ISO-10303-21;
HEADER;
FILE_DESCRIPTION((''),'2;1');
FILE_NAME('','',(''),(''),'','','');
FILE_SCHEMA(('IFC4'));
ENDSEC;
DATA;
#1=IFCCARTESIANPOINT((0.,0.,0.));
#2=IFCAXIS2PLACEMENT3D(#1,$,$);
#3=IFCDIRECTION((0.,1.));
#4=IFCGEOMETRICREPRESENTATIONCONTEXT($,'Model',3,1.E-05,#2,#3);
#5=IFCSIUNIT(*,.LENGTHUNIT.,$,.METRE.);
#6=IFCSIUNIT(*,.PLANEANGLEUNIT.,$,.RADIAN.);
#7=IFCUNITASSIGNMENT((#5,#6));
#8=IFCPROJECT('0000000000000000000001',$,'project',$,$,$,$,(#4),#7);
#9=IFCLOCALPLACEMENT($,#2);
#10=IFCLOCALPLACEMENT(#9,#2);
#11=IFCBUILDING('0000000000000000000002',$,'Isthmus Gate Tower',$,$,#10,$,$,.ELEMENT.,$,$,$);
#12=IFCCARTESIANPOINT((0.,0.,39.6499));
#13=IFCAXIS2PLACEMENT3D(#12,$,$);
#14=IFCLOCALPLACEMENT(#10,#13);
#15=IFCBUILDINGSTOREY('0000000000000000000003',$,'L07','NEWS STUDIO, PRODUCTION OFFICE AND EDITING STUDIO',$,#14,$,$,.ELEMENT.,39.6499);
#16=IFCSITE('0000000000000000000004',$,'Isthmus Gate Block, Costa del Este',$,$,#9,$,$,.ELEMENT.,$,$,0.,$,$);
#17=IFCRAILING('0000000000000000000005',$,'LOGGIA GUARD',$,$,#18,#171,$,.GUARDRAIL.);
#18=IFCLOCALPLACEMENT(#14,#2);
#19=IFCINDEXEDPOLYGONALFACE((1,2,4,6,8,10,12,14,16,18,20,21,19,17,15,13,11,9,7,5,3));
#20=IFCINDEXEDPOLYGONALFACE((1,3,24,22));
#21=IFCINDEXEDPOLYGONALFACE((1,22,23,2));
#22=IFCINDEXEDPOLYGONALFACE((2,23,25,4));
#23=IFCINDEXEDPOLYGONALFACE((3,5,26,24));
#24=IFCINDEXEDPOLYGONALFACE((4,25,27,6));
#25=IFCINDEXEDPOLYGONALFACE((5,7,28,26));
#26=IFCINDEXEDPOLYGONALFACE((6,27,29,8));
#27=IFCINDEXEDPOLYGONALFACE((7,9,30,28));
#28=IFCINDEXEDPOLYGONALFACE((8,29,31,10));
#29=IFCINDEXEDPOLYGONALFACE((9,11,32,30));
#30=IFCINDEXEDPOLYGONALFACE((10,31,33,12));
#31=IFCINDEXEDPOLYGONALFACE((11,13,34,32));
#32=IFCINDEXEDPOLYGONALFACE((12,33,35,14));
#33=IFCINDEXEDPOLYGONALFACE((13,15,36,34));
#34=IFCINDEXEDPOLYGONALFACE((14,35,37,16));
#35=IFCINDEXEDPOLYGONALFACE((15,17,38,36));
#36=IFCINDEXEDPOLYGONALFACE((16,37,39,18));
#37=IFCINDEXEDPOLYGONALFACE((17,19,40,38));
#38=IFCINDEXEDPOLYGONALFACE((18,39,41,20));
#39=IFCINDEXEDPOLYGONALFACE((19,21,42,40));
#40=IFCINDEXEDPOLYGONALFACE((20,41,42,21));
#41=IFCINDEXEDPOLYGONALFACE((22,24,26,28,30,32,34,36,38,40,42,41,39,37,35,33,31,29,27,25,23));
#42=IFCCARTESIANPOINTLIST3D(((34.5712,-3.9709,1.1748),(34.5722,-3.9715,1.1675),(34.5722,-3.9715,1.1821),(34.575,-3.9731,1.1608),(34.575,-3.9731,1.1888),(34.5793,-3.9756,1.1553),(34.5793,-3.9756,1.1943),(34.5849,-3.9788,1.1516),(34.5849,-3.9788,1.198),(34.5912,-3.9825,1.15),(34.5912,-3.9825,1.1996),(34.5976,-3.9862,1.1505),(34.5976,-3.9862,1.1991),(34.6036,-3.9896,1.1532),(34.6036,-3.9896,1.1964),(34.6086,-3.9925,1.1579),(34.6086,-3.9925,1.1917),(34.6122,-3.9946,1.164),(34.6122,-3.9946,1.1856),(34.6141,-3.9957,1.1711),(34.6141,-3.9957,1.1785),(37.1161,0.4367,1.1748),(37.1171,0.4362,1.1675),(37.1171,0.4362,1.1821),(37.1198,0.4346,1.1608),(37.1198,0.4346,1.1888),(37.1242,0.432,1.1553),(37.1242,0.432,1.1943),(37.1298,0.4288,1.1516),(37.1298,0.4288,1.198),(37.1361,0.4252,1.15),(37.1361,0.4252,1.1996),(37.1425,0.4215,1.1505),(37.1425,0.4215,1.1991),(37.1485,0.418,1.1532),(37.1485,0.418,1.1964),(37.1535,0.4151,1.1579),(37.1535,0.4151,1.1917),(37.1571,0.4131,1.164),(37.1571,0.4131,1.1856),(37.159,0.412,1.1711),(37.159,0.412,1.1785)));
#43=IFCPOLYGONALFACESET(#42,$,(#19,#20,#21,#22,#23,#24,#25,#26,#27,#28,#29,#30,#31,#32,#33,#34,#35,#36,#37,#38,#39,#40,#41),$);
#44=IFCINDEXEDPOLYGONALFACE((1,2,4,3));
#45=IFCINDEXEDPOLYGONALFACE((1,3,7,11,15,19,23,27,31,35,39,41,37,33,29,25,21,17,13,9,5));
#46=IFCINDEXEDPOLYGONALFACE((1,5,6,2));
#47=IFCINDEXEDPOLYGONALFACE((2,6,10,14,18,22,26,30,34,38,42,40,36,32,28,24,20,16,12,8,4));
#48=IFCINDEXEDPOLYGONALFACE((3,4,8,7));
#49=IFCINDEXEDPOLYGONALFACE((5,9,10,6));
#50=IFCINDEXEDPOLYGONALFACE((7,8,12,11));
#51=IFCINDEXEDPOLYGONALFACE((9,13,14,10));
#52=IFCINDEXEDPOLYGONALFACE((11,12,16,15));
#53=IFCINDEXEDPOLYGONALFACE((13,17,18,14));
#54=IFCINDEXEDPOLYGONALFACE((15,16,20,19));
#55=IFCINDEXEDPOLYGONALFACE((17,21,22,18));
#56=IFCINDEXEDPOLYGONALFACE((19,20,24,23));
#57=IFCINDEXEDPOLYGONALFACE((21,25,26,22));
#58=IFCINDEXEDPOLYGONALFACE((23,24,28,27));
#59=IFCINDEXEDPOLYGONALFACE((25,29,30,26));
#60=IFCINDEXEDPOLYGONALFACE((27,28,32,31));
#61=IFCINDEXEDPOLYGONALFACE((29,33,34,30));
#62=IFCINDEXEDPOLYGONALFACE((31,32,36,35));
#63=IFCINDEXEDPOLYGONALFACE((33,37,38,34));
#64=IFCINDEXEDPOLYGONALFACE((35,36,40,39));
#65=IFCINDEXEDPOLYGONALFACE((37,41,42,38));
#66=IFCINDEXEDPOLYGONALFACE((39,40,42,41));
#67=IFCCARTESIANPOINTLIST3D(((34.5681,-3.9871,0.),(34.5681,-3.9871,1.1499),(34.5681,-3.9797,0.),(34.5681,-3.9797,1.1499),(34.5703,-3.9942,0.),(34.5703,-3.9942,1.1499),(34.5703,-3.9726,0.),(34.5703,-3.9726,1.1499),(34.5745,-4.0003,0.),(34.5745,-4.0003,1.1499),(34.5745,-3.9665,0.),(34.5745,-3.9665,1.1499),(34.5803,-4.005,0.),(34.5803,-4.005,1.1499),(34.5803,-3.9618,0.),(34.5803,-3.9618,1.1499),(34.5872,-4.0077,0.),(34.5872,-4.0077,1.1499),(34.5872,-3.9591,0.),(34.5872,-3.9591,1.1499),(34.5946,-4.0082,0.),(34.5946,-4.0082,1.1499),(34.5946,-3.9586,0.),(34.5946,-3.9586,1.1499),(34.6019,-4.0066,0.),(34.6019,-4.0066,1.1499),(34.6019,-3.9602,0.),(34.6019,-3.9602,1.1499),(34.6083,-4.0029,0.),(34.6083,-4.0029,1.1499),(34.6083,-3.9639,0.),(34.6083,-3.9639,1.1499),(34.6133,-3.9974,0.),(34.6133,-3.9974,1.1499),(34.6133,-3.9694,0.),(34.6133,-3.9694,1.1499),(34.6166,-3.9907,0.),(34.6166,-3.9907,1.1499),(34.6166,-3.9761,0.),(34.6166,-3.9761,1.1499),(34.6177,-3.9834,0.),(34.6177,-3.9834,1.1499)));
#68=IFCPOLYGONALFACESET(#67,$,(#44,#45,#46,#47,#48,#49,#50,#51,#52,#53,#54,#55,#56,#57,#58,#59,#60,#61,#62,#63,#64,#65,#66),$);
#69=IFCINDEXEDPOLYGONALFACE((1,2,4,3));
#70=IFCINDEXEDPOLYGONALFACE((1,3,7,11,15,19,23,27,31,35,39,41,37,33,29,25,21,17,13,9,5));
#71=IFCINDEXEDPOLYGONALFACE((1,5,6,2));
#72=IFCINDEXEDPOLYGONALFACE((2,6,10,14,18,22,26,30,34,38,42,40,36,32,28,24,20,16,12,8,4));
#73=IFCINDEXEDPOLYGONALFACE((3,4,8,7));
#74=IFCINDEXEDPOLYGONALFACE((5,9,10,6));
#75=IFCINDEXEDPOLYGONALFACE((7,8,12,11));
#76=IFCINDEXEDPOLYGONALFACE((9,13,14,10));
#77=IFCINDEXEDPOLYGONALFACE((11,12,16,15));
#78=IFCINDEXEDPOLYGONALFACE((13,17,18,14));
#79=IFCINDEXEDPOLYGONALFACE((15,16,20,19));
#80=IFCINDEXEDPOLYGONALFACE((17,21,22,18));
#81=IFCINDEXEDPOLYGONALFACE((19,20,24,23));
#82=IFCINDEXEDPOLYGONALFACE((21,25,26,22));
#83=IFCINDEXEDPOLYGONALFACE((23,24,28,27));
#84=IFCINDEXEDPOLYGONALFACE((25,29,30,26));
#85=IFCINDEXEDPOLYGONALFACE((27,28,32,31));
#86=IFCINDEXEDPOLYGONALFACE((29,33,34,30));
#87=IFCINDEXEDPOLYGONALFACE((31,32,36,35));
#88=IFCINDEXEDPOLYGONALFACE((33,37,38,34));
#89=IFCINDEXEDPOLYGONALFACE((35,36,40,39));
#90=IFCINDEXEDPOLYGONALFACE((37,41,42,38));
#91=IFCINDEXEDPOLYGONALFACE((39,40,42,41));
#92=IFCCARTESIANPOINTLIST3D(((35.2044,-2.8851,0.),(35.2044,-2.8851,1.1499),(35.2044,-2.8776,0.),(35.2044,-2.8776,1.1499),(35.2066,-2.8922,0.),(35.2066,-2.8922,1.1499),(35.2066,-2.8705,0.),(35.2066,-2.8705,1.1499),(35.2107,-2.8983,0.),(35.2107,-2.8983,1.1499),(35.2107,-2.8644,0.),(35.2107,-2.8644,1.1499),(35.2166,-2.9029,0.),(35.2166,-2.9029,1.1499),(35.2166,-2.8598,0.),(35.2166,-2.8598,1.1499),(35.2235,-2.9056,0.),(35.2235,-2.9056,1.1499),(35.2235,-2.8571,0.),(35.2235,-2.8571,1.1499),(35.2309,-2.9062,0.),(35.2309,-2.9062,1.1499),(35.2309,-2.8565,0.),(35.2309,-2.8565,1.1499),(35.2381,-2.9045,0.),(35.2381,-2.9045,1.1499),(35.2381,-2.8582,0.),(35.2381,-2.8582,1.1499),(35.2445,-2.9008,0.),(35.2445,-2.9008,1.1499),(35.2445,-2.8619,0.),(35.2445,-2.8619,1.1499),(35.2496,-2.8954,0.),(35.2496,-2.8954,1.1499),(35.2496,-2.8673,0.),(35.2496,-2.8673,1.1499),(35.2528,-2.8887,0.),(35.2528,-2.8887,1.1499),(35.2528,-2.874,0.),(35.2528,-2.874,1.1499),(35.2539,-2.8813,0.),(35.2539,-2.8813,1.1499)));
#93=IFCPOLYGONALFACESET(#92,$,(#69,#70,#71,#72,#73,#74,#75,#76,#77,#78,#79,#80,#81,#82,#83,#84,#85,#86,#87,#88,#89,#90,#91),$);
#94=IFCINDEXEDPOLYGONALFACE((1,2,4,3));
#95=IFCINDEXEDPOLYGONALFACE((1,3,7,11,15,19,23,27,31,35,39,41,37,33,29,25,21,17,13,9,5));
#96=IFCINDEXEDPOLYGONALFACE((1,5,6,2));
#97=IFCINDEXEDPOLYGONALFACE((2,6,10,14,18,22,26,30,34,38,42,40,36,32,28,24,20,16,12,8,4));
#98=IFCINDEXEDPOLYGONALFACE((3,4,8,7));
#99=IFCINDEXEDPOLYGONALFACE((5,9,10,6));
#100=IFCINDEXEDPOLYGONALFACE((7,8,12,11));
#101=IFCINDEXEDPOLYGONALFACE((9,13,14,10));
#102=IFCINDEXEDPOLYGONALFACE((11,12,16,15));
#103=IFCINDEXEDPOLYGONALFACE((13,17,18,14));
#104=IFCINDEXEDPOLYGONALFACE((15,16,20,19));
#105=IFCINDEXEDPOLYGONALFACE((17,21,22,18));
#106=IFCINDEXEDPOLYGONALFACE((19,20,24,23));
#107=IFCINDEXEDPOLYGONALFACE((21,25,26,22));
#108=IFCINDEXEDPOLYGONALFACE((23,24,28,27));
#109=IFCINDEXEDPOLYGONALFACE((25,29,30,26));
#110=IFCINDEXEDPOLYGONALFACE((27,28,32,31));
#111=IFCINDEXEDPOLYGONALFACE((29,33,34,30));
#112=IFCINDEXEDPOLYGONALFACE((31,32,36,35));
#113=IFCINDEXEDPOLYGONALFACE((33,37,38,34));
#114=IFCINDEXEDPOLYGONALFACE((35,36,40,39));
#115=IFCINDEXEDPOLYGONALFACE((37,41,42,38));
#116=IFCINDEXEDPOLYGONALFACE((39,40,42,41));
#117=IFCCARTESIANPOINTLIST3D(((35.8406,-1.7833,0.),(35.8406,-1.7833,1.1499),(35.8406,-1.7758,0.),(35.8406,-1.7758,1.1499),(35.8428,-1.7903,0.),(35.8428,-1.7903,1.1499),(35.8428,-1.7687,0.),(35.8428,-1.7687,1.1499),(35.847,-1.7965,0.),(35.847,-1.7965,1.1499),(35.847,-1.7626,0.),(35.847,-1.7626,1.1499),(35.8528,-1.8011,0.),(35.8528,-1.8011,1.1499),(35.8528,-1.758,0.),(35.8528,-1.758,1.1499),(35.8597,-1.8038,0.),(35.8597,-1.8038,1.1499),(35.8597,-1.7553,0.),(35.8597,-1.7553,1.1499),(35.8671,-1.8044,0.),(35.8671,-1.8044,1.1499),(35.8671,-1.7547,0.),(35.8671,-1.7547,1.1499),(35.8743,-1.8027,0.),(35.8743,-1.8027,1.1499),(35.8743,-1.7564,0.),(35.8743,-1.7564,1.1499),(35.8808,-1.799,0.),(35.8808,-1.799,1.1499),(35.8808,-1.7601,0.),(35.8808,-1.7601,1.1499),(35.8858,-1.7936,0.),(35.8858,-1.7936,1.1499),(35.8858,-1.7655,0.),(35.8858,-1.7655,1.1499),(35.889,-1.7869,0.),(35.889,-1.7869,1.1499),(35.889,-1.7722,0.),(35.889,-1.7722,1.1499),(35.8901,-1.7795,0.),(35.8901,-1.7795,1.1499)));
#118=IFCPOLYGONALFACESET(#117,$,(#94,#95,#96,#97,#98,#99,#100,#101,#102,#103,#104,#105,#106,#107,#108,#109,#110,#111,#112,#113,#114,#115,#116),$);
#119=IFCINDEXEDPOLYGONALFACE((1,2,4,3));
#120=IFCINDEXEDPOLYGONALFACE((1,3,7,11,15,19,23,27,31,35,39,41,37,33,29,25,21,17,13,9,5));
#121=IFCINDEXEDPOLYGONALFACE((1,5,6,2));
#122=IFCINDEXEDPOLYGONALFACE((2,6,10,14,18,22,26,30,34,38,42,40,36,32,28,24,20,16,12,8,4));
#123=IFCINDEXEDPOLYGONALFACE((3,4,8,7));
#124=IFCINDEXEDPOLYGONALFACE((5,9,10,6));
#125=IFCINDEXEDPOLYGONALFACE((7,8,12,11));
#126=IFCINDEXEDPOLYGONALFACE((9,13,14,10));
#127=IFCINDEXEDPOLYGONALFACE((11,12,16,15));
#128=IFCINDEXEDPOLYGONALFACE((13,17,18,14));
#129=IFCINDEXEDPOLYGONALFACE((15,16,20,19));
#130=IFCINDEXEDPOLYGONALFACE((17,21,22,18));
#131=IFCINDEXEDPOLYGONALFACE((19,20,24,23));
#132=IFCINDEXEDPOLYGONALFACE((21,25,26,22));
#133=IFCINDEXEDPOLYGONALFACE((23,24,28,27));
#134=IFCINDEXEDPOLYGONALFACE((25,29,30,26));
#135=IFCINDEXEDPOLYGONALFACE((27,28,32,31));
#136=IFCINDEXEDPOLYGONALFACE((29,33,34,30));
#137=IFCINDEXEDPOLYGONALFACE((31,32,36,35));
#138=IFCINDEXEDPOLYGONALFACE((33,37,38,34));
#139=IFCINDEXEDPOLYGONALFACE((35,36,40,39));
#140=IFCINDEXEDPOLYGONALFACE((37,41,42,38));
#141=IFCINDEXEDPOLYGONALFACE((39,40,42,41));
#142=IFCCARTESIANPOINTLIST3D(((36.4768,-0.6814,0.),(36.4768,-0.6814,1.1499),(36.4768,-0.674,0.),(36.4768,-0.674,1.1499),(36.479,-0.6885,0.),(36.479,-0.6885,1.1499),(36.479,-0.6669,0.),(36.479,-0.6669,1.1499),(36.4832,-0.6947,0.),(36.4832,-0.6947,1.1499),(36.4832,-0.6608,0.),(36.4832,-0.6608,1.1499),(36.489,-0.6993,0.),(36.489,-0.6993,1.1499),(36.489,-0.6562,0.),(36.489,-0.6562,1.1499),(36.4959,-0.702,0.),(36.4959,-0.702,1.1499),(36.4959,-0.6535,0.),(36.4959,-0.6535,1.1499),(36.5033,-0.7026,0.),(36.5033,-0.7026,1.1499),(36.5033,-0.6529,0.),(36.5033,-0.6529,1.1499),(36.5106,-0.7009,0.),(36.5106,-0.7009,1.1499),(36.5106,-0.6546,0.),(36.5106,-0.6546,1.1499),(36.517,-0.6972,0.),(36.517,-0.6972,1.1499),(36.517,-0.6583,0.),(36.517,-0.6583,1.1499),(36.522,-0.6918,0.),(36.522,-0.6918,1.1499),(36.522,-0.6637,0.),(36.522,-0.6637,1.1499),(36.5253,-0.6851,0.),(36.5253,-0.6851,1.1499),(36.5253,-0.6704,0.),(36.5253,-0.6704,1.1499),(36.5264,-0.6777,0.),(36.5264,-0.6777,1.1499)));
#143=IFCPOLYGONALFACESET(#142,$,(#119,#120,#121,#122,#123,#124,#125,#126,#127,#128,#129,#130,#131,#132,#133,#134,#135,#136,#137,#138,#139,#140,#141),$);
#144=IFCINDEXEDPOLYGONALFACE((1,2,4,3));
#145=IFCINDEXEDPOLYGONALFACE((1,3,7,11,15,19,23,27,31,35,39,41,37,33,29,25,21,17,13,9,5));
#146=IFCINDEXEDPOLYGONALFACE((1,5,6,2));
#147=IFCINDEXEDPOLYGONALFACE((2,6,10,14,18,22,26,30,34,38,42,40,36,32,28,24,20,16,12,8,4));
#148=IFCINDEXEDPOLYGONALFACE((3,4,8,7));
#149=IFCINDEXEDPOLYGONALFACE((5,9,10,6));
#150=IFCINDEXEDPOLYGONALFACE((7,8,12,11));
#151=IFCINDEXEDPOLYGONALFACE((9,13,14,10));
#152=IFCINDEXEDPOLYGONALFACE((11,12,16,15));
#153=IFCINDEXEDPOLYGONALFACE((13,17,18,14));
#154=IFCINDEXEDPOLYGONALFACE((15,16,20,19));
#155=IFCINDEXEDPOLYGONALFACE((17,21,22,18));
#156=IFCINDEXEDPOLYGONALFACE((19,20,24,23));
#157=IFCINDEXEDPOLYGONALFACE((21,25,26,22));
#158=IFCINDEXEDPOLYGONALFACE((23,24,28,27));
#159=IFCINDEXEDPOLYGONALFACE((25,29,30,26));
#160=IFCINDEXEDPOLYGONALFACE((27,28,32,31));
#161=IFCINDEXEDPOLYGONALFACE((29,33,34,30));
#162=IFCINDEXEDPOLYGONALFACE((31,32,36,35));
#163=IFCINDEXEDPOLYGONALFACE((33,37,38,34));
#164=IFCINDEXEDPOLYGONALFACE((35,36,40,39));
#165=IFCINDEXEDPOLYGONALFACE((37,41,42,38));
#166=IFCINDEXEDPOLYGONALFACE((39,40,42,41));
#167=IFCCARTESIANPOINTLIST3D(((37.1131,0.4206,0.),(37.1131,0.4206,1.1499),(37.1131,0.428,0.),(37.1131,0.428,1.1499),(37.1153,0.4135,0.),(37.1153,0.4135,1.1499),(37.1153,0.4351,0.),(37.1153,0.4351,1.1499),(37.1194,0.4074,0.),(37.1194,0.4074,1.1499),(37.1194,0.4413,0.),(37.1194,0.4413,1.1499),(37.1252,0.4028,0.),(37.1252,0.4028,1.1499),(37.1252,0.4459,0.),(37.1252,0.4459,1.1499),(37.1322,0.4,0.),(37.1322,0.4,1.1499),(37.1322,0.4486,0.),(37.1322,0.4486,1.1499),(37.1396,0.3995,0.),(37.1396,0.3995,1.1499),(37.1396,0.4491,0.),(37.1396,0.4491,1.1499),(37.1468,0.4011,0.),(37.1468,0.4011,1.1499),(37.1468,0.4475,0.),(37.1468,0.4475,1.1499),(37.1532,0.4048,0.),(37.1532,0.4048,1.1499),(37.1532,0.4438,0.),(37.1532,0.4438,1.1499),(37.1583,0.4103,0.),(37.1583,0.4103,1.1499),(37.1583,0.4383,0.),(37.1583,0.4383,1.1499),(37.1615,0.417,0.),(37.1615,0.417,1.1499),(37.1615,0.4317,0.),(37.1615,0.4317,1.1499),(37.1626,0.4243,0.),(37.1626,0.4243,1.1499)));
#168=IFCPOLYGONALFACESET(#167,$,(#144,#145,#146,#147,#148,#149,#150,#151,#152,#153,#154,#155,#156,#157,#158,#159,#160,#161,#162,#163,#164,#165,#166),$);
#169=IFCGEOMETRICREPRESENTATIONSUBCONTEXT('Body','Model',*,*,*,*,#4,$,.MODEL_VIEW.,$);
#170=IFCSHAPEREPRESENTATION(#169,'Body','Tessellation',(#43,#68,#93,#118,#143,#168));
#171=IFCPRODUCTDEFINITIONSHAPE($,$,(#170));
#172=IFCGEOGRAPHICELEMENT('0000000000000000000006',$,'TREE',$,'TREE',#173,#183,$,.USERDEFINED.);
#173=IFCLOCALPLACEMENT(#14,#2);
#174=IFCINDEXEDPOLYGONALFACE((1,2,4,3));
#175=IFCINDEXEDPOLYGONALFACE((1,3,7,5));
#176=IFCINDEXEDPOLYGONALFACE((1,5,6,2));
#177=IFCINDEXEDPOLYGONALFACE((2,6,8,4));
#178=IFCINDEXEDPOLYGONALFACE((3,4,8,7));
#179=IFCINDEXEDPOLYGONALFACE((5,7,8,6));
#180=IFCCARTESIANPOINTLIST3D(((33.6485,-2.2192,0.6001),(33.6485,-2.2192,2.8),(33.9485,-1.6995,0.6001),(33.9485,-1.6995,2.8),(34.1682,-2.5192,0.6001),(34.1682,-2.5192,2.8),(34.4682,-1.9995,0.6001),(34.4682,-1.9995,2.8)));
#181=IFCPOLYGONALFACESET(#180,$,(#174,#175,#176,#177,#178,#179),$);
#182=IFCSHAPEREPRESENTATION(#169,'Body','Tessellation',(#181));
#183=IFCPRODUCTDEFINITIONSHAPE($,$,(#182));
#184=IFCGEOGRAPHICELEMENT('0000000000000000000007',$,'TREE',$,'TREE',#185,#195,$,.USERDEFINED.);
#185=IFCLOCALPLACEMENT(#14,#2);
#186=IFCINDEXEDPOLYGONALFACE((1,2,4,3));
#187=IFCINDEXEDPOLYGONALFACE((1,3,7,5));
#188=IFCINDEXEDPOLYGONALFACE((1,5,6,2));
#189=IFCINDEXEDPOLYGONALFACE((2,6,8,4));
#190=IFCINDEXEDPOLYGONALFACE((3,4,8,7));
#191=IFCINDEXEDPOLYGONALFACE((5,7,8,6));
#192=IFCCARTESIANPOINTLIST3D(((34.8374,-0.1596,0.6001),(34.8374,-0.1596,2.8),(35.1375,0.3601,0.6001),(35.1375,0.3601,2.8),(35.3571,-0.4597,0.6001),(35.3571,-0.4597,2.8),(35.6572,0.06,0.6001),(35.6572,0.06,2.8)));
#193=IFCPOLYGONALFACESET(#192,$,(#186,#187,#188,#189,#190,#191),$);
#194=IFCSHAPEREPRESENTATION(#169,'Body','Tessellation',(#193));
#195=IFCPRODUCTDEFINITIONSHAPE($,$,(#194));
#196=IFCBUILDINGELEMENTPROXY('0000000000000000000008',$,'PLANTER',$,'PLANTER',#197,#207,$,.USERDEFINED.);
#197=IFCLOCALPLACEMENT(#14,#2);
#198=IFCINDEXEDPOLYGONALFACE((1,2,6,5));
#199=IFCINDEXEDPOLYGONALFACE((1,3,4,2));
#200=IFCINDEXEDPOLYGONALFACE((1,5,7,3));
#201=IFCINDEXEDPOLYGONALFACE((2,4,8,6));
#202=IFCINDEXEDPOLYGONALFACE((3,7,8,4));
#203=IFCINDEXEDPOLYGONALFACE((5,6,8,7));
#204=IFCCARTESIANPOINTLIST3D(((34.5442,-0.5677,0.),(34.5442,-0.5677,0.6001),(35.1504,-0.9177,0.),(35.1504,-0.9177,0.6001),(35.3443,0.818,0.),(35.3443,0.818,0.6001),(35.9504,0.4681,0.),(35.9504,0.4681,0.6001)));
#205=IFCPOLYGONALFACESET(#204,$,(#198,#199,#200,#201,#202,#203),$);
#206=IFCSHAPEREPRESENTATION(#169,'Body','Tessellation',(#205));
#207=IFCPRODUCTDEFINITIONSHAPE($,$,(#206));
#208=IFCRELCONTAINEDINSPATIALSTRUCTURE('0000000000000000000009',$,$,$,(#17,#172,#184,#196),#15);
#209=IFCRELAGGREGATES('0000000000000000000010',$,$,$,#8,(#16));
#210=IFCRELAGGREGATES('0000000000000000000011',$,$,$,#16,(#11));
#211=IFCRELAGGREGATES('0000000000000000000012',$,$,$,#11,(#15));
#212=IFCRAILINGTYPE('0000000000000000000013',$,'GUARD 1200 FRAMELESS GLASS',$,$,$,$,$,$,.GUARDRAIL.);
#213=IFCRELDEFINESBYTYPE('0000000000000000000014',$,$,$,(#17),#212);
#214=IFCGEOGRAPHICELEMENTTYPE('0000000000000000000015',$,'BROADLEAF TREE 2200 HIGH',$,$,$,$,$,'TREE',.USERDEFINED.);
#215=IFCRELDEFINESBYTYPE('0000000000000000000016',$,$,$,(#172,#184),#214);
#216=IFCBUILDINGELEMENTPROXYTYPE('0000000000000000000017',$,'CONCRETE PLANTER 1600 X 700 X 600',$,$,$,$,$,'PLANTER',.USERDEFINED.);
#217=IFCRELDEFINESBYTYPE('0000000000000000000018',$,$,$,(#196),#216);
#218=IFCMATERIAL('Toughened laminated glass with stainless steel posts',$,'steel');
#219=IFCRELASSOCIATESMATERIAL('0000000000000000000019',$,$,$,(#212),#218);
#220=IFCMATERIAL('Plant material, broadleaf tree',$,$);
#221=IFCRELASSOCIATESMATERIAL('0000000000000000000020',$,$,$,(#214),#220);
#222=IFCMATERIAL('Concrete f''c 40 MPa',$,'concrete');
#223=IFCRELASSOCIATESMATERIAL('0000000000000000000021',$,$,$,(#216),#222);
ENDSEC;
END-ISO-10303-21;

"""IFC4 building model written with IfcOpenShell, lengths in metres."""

from ifc_helpers import new_model, si_unit, direction, frame, origin, origin_2d, place, context, subcontext, project, spatial, rectangle, circle, extrude, material, type_object, element, save


model = new_model("IFC4")

# Units and contexts
model_context = context("Model", 3, precision=1e-05, world=origin(), true_north=direction((0.0, 1.0)))
body_context = subcontext(model_context, "Body", "Model", "MODEL_VIEW")
ifc_project = project(units=[si_unit("LENGTHUNIT", "METRE"), si_unit("PLANEANGLEUNIT", "RADIAN")], contexts=[model_context])

# Site, building, storey
site_placement = place(None, origin())
site = spatial("IfcSite", under=ifc_project, at=site_placement, Name="Isthmus Gate Block, Costa del Este", CompositionType="ELEMENT", RefElevation=0.0)
building_placement = place(site_placement, origin())
building = spatial("IfcBuilding", under=site, at=building_placement, Name="Isthmus Gate Tower", CompositionType="ELEMENT")
storey_placement = place(building_placement, frame((0.0, 0.0, 39.6499)))
storey = spatial("IfcBuildingStorey", under=building, at=storey_placement, Name="L07", Description="NEWS STUDIO, PRODUCTION OFFICE AND EDITING STUDIO", CompositionType="ELEMENT", Elevation=39.6499)

# Railing
ifc_material_1 = material(Name="Toughened laminated glass with stainless steel posts", Category="steel")
railing_type = type_object("IfcRailingType", Name="GUARD 1200 FRAMELESS GLASS", PredefinedType="GUARDRAIL", material=ifc_material_1)
railing_placement = place(storey_placement, frame((34.5928, -3.9834, 0.0)))
element("IfcRailing", 1, at=railing_placement, inside=storey, type_object=railing_type, Name="LOGGIA GUARD", PredefinedType="GUARDRAIL", context=body_context, shape_type="SweptSolid", body=[
    extrude(circle(Radius=0.0249, at=origin_2d()), frame((0.0, 0.0, 1.1748), z_axis=(0.500019, 0.866015, 0.0), x_axis=(-0.866015, 0.500019, 0.0)), (0.0, 0.0, 1.0), 5.0896),
    extrude(circle(Radius=0.0249, at=origin_2d()), origin(), (0.0, 0.0, 1.0), 1.1499),
    extrude(circle(Radius=0.0249, at=origin_2d()), frame((0.6362, 1.1021, 0.0)), (0.0, 0.0, 1.0), 1.1499),
    extrude(circle(Radius=0.0249, at=origin_2d()), frame((1.2725, 2.2039, 0.0)), (0.0, 0.0, 1.0), 1.1499),
    extrude(circle(Radius=0.0249, at=origin_2d()), frame((1.9087, 3.3057, 0.0)), (0.0, 0.0, 1.0), 1.1499),
    extrude(circle(Radius=0.0249, at=origin_2d()), frame((2.5449, 4.4077, 0.0)), (0.0, 0.0, 1.0), 1.1499),
])

# Geographic elements
ifc_material_2 = material(Name="Plant material, broadleaf tree")
geographic_element_type = type_object("IfcGeographicElementType", Name="BROADLEAF TREE 2200 HIGH", ElementType="TREE", PredefinedType="USERDEFINED", material=ifc_material_2)
for number, where, z_axis, x_axis, name in (
    (2, (34.0583, -2.1094, 0.6001), (0.0, 0.0, 1.0), (0.5, 0.866025, 0.0), "TREE"),
    (3, (35.2473, -0.0498, 0.6001), (0.0, 0.0, 1.0), (0.5, 0.866025, 0.0), "TREE"),
):
    element("IfcGeographicElement", number, at=place(storey_placement, frame(where, z_axis=z_axis, x_axis=x_axis)), inside=storey, type_object=geographic_element_type, Name=name, ObjectType="TREE", PredefinedType="USERDEFINED", context=body_context, shape_type="SweptSolid", body=[
        extrude(rectangle(XDim=0.6001, YDim=0.6001, at=origin_2d()), origin(), (0.0, 0.0, 1.0), 2.2),
    ])

# Building element proxy
ifc_material_3 = material(Name="Concrete f'c 40 MPa", Category="concrete")
building_element_proxy_type = type_object("IfcBuildingElementProxyType", Name="CONCRETE PLANTER 1600 X 700 X 600", ElementType="PLANTER", PredefinedType="USERDEFINED", material=ifc_material_3)
proxy_placement = place(storey_placement, frame((35.2473, -0.0498, 0.0), z_axis=(0.0, 0.0, 1.0), x_axis=(0.5, 0.866025, 0.0)))
element("IfcBuildingElementProxy", 4, at=proxy_placement, inside=storey, type_object=building_element_proxy_type, Name="PLANTER", ObjectType="PLANTER", PredefinedType="USERDEFINED", context=body_context, shape_type="SweptSolid", body=[
    extrude(rectangle(XDim=1.6001, YDim=0.7, at=origin_2d()), origin(), (0.0, 0.0, 1.0), 0.6001),
])

save(model, "model.ifc")
